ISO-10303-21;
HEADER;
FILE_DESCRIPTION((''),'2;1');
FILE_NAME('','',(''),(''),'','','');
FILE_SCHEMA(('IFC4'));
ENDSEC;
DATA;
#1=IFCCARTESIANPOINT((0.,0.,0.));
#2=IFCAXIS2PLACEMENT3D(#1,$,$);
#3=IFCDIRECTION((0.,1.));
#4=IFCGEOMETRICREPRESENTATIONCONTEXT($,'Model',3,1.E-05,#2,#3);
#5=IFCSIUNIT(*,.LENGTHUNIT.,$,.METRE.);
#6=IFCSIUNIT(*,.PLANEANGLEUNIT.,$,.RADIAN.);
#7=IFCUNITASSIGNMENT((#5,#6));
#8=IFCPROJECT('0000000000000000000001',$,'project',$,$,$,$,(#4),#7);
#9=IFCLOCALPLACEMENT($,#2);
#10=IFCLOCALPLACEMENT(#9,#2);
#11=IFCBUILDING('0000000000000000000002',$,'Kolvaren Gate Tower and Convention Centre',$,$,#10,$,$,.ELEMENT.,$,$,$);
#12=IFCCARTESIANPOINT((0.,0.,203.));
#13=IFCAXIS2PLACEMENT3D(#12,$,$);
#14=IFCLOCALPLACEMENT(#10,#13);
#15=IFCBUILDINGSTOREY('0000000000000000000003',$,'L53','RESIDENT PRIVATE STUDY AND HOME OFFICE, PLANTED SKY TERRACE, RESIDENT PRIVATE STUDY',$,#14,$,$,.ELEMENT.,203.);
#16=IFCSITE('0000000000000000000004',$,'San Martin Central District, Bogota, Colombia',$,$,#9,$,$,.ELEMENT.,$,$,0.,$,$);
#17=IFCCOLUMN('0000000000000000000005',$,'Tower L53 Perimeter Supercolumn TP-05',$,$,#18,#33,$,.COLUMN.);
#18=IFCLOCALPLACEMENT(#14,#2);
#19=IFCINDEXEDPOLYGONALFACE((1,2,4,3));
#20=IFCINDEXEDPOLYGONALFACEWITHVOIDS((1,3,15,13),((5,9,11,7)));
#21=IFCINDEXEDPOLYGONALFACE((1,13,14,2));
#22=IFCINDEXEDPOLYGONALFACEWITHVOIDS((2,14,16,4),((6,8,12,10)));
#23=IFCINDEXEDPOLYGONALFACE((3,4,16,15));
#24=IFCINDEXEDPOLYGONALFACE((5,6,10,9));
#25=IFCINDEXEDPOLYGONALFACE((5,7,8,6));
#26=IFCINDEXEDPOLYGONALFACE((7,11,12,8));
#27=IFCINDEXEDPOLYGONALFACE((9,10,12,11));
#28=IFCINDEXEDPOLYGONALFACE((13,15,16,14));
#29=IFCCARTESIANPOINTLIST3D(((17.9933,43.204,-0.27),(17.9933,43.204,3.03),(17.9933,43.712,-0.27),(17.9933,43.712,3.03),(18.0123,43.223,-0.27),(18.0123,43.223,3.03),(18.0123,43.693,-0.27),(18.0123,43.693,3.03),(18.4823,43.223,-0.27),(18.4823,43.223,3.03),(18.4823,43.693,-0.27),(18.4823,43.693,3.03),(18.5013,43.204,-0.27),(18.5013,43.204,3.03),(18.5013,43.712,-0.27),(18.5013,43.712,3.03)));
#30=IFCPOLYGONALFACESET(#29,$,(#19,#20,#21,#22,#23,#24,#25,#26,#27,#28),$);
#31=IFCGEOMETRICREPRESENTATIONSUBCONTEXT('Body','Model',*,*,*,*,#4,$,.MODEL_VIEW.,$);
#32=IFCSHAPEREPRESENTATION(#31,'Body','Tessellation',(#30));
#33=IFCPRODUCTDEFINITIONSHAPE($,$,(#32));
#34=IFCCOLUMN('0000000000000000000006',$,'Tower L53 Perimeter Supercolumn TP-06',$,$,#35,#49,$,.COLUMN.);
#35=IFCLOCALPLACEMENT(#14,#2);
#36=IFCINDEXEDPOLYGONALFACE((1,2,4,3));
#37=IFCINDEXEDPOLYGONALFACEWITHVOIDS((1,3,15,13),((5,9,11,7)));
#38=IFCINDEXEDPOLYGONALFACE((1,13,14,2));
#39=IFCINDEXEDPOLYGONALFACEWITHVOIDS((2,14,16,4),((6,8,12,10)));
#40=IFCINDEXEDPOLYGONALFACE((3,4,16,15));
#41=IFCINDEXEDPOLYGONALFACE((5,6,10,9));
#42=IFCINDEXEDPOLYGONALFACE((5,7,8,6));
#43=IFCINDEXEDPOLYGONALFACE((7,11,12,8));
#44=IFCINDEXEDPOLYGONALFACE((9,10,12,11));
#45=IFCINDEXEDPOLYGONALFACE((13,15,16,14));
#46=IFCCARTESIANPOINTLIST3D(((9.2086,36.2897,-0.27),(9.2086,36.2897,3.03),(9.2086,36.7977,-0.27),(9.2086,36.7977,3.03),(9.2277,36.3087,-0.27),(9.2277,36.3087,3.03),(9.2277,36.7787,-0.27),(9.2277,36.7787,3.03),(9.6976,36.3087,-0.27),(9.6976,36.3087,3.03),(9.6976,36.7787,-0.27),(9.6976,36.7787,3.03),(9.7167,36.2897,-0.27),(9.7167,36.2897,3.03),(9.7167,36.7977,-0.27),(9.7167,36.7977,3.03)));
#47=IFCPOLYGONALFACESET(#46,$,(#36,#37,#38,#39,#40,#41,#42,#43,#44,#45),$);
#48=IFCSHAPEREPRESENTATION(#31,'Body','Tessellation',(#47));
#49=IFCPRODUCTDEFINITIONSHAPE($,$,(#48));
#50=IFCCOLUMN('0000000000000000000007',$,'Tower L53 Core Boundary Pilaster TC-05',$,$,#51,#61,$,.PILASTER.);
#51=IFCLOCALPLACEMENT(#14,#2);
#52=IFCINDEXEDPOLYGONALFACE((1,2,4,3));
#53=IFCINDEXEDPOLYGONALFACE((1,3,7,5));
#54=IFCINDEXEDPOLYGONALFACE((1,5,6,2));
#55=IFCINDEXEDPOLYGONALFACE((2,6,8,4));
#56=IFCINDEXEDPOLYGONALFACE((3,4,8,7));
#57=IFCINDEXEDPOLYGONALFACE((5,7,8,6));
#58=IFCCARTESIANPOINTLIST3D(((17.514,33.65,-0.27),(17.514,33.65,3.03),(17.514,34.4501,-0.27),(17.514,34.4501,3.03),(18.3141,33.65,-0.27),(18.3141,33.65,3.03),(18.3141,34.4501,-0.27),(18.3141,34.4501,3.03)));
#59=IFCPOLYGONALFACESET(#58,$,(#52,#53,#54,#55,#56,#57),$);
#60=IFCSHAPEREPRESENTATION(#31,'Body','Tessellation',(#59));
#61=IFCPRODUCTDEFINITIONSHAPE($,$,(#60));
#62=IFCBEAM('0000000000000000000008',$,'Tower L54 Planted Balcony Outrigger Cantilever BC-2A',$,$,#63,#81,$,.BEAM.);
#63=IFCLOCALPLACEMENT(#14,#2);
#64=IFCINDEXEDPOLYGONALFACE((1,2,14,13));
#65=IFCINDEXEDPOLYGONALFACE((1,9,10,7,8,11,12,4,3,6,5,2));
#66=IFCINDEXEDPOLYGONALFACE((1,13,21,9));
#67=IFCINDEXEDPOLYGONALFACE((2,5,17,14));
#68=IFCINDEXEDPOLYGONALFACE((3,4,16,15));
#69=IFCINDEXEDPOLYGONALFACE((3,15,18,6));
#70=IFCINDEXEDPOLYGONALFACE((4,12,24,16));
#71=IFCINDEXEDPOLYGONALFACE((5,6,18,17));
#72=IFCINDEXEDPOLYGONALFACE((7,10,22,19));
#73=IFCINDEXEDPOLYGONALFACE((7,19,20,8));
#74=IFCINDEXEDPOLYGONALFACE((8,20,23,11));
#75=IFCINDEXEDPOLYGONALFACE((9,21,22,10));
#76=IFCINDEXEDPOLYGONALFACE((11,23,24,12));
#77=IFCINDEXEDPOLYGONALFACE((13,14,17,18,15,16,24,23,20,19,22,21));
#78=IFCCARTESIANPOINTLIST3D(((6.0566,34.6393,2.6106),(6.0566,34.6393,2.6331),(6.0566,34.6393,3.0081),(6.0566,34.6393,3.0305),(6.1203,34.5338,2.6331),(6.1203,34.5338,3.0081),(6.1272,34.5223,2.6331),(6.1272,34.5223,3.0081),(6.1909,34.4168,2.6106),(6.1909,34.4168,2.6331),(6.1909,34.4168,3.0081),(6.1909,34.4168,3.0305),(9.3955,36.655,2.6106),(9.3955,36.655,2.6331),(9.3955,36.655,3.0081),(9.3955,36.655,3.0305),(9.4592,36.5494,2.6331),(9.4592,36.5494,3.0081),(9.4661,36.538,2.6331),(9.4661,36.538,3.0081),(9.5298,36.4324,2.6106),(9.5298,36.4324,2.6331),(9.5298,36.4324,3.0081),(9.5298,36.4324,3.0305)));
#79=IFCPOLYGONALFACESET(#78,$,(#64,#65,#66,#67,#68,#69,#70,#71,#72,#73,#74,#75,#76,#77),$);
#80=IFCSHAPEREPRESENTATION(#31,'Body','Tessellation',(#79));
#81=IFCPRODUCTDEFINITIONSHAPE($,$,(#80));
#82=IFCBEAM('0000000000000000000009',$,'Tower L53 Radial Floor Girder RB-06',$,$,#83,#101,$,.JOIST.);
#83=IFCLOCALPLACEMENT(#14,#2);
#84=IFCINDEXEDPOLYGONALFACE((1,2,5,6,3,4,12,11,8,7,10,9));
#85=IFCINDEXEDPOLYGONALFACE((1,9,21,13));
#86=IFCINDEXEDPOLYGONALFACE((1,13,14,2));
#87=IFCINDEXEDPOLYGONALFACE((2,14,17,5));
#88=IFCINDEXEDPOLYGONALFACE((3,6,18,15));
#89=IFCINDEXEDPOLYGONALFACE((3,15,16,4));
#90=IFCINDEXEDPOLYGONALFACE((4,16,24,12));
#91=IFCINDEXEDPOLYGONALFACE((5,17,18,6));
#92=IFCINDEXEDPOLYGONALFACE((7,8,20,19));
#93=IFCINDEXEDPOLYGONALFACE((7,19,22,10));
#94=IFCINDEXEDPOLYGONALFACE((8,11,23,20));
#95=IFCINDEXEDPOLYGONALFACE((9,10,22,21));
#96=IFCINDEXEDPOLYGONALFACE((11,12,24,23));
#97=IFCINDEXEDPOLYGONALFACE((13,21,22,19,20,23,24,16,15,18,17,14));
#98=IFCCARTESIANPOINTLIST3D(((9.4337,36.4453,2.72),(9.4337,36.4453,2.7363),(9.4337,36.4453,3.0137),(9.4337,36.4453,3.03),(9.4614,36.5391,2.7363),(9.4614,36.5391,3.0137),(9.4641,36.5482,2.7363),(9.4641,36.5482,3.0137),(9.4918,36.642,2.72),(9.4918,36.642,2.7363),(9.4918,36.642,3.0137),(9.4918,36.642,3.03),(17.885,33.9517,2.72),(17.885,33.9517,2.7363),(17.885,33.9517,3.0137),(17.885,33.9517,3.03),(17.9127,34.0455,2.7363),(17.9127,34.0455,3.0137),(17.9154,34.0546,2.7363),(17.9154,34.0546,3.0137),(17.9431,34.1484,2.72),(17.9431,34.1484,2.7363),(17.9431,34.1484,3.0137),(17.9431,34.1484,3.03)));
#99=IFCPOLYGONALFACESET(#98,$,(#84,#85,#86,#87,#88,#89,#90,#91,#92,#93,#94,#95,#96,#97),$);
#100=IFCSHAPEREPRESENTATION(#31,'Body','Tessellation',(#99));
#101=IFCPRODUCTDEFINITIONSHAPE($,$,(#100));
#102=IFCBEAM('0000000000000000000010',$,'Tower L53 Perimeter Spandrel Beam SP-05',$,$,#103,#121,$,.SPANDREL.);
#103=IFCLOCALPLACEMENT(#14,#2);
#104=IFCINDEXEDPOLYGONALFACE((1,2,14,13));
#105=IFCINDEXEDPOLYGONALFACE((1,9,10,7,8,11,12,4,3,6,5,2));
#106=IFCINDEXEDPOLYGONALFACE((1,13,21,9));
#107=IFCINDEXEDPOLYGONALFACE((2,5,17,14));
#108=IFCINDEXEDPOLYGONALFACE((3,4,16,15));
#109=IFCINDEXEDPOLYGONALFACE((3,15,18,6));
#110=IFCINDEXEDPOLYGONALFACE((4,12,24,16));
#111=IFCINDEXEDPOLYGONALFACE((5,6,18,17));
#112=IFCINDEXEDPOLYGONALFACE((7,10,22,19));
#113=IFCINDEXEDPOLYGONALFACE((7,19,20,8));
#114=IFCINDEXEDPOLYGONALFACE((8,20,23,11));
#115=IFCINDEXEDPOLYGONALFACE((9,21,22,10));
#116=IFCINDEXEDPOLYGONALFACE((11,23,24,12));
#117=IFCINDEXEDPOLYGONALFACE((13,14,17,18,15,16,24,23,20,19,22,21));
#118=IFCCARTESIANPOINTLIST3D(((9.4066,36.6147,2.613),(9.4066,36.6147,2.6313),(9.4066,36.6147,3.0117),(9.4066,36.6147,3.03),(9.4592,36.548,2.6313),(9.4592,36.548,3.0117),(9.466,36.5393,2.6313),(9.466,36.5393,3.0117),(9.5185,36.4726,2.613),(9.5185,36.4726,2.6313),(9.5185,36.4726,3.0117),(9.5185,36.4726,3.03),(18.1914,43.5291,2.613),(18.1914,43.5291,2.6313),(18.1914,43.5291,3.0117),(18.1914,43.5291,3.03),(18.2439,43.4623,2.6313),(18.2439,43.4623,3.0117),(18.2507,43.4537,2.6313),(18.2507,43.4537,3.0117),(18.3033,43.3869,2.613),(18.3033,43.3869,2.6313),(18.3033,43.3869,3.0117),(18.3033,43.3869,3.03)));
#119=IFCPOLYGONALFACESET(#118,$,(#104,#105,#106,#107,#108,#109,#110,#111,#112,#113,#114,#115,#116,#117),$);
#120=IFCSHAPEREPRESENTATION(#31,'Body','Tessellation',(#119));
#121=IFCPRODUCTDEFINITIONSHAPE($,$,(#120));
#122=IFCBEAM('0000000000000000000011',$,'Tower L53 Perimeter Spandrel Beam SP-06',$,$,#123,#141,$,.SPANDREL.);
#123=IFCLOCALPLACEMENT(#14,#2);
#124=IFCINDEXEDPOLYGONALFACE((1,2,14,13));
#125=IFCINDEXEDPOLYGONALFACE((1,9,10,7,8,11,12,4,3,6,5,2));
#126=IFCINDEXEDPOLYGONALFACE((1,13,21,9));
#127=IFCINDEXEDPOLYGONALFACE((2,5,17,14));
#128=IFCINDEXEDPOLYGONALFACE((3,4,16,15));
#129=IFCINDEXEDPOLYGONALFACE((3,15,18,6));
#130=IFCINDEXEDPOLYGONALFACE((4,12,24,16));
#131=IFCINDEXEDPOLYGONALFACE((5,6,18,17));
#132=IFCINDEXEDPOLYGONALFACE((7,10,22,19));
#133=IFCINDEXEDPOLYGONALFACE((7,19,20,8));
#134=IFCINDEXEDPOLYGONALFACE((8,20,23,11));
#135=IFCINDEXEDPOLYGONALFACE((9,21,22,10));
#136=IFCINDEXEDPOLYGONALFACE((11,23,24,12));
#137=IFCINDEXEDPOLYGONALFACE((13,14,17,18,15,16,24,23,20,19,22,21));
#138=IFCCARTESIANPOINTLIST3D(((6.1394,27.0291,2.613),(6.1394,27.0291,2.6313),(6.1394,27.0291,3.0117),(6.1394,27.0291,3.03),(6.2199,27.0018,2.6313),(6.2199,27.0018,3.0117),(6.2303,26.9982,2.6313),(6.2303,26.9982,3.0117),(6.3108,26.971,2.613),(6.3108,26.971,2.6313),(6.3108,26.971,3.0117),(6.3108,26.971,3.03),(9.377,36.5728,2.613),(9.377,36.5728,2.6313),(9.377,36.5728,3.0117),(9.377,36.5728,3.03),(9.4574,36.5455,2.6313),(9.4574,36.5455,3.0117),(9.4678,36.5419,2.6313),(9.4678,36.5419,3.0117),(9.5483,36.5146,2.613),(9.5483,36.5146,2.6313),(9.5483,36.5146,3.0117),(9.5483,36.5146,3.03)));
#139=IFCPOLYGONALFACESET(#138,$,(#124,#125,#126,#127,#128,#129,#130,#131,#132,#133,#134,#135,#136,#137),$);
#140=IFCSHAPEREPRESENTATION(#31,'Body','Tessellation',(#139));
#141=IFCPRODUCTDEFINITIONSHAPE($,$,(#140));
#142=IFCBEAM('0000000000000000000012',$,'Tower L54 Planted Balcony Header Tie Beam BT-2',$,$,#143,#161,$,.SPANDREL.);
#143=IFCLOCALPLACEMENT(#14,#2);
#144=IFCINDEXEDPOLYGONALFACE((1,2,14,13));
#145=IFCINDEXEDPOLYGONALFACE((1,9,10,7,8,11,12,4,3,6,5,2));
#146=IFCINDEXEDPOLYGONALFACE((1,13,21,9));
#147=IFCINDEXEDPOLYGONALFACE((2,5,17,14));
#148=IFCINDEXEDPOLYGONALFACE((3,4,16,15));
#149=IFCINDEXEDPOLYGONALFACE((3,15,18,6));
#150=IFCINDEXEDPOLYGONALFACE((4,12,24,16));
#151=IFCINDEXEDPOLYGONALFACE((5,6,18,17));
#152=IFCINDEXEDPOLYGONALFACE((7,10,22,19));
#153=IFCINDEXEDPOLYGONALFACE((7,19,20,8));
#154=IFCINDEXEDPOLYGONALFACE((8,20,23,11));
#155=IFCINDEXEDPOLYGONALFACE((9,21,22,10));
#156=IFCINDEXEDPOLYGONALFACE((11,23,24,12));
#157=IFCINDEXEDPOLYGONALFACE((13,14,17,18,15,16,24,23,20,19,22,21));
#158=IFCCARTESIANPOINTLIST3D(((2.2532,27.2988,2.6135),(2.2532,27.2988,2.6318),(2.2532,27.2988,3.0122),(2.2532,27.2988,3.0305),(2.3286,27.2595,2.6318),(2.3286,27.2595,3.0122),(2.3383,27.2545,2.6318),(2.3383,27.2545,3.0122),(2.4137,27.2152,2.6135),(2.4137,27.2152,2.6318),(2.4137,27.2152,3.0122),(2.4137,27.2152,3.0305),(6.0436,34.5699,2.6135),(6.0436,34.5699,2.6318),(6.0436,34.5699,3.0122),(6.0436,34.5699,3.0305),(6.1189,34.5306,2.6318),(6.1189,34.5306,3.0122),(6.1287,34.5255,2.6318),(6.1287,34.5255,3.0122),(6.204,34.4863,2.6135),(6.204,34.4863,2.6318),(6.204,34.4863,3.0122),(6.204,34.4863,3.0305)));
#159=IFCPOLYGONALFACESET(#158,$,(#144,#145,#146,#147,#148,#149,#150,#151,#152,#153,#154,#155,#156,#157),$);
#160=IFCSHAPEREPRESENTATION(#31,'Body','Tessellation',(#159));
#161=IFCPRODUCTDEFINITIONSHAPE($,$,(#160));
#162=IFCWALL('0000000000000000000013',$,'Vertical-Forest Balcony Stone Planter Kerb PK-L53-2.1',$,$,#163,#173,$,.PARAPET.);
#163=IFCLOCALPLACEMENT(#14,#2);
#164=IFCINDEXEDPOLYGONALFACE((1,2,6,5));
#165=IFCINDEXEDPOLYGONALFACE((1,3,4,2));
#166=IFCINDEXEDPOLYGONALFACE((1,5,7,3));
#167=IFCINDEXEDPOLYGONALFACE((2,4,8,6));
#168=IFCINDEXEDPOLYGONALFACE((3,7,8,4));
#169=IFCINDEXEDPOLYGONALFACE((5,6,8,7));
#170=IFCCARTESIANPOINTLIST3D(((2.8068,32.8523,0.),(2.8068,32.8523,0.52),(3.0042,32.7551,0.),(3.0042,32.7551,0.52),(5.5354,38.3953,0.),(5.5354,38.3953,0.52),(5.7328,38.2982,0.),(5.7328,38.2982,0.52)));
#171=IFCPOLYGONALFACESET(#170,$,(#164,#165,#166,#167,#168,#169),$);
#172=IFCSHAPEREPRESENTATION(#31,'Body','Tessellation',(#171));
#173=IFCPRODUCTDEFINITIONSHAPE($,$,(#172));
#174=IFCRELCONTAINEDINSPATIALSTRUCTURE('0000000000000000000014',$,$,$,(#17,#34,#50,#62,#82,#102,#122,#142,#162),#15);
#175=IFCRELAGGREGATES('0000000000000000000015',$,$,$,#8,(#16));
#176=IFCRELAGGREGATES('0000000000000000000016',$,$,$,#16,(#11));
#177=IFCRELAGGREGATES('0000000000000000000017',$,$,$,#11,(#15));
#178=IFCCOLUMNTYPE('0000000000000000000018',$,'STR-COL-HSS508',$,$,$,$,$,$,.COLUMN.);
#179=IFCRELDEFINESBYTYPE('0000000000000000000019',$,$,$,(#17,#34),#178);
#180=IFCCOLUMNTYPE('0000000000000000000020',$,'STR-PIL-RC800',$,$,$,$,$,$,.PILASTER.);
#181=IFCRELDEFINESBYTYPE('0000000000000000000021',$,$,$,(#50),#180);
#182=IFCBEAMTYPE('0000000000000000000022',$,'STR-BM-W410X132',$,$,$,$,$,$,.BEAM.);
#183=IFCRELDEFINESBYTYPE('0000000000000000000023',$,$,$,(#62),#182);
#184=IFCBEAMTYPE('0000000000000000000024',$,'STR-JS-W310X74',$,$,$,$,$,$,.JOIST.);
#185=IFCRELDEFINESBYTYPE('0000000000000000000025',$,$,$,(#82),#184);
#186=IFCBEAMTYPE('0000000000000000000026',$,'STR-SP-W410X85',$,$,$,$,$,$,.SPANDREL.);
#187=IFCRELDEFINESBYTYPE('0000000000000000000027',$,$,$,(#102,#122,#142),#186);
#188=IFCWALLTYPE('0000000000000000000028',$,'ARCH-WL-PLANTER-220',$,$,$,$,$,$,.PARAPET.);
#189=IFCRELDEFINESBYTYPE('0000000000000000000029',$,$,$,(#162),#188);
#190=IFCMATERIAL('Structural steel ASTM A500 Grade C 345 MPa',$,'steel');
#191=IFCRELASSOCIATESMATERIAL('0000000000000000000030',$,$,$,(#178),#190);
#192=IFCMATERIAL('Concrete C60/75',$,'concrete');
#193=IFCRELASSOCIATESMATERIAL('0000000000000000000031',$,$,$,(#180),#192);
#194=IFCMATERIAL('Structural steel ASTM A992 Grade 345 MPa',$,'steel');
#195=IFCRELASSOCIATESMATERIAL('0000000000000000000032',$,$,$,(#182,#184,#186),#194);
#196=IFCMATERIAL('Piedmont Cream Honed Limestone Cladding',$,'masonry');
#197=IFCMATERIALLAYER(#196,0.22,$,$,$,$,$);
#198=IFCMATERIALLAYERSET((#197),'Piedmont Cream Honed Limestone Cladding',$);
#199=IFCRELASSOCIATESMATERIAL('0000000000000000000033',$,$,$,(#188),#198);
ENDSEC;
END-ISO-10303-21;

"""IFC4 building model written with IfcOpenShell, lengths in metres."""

from ifc_helpers import new_model, si_unit, direction, frame, frame_2d, origin, origin_2d, place, context, subcontext, project, spatial, rectangle, hollow_rectangle, i_section, extrude, material, layer, layer_set, material_profile, profile_set, type_object, element, save


model = new_model("IFC4")

# Units and contexts
model_context = context("Model", 3, precision=1e-05, world=origin(), true_north=direction((0.0, 1.0)))
body_context = subcontext(model_context, "Body", "Model", "MODEL_VIEW")
ifc_project = project(units=[si_unit("LENGTHUNIT", "METRE"), si_unit("PLANEANGLEUNIT", "RADIAN")], contexts=[model_context])

# Site, building, storey
site_placement = place(None, origin())
site = spatial("IfcSite", under=ifc_project, at=site_placement, Name="San Martin Central District, Bogota, Colombia", CompositionType="ELEMENT", RefElevation=0.0)
building_placement = place(site_placement, origin())
building = spatial("IfcBuilding", under=site, at=building_placement, Name="Kolvaren Gate Tower and Convention Centre", CompositionType="ELEMENT")
storey_placement = place(building_placement, frame((0.0, 0.0, 203.0)))
storey = spatial("IfcBuildingStorey", under=building, at=storey_placement, Name="L53", Description="RESIDENT PRIVATE STUDY AND HOME OFFICE, PLANTED SKY TERRACE, RESIDENT PRIVATE STUDY", CompositionType="ELEMENT", Elevation=203.0)

# Columns
ifc_material_1 = material(Name="Structural steel ASTM A500 Grade C 345 MPa", Category="steel")
ifc_material_profile_1 = material_profile(ifc_material_1, hollow_rectangle(XDim=0.5081, YDim=0.5081, WallThickness=0.019, at=origin_2d()), Name="HSS508X508X19.1")
ifc_profile_set_1 = profile_set([ifc_material_profile_1], Name="Structural steel ASTM A500 Grade C 345 MPa")
column_type_1 = type_object("IfcColumnType", Name="STR-COL-HSS508", PredefinedType="COLUMN", material=ifc_profile_set_1)
for number, where, z_axis, x_axis, name in (
    (1, (18.2473, 43.458, -0.27), (0.0, 0.0, 1.0), (1.0, 0.0, 0.0), "Tower L53 Perimeter Supercolumn TP-05"),
    (2, (9.4626, 36.5437, -0.27), (0.0, 0.0, 1.0), (1.0, 0.0, 0.0), "Tower L53 Perimeter Supercolumn TP-06"),
):
    element("IfcColumn", number, at=place(storey_placement, frame(where, z_axis=z_axis, x_axis=x_axis)), inside=storey, type_object=column_type_1, Name=name, PredefinedType="COLUMN", context=body_context, shape_type="SweptSolid", body=[
        extrude(hollow_rectangle(XDim=0.5081, YDim=0.5081, WallThickness=0.019, at=origin_2d()), origin(), (0.0, 0.0, 1.0), 3.3),
    ])
ifc_material_2 = material(Name="Concrete C60/75", Category="concrete")
ifc_material_profile_2 = material_profile(ifc_material_2, rectangle(XDim=0.8, YDim=0.8, at=origin_2d()), Name="RC-COL-800X800")
ifc_profile_set_2 = profile_set([ifc_material_profile_2], Name="Concrete C60/75")
column_type_2 = type_object("IfcColumnType", Name="STR-PIL-RC800", PredefinedType="PILASTER", material=ifc_profile_set_2)
column_placement = place(storey_placement, frame((17.9141, 34.05, -0.27), z_axis=(0.0, 0.0, 1.0), x_axis=(1.0, 0.0, 0.0)))
element("IfcColumn", 3, at=column_placement, inside=storey, type_object=column_type_2, Name="Tower L53 Core Boundary Pilaster TC-05", PredefinedType="PILASTER", context=body_context, shape_type="SweptSolid", body=[
    extrude(rectangle(XDim=0.8, YDim=0.8, at=origin_2d()), origin(), (0.0, 0.0, 1.0), 3.3),
])

# Beams
ifc_material_3 = material(Name="Structural steel ASTM A992 Grade 345 MPa", Category="steel")
ifc_material_profile_3 = material_profile(ifc_material_3, i_section(OverallWidth=0.26, OverallDepth=0.4199, WebThickness=0.0134, FlangeThickness=0.0225, at=origin_2d()), Name="W410X132")
ifc_profile_set_3 = profile_set([ifc_material_profile_3], Name="Structural steel ASTM A992 Grade 345 MPa")
beam_type_1 = type_object("IfcBeamType", Name="STR-BM-W410X132", PredefinedType="BEAM", material=ifc_profile_set_3)
beam_1_placement = place(storey_placement, frame((9.4626, 36.5437, 2.8206), z_axis=(-0.856098, -0.516814, 0.0), x_axis=(0.516814, -0.856098, 0.0)))
element("IfcBeam", 4, at=beam_1_placement, inside=storey, type_object=beam_type_1, Name="Tower L54 Planted Balcony Outrigger Cantilever BC-2A", PredefinedType="BEAM", context=body_context, shape_type="SweptSolid", body=[
    extrude(i_section(OverallWidth=0.26, OverallDepth=0.4199, WebThickness=0.0134, FlangeThickness=0.0225, at=origin_2d()), origin(), (0.0, 0.0, 1.0), 3.9001),
])
ifc_material_profile_4 = material_profile(ifc_material_3, i_section(OverallWidth=0.2051, OverallDepth=0.3101, WebThickness=0.0095, FlangeThickness=0.0164, at=origin_2d()), Name="W310X74")
ifc_profile_set_4 = profile_set([ifc_material_profile_4], Name="Structural steel ASTM A992 Grade 345 MPa")
beam_type_2 = type_object("IfcBeamType", Name="STR-JS-W310X74", PredefinedType="JOIST", material=ifc_profile_set_4)
beam_2_placement = place(storey_placement, frame((17.9141, 34.05, 2.875), z_axis=(-0.959121, 0.282996, 0.0), x_axis=(-0.282996, -0.959121, 0.0)))
element("IfcBeam", 5, at=beam_2_placement, inside=storey, type_object=beam_type_2, Name="Tower L53 Radial Floor Girder RB-06", PredefinedType="JOIST", context=body_context, shape_type="SweptSolid", body=[
    extrude(i_section(OverallWidth=0.2051, OverallDepth=0.3101, WebThickness=0.0095, FlangeThickness=0.0164, at=origin_2d()), origin(), (0.0, 0.0, 1.0), 8.8115),
])
ifc_material_profile_5 = material_profile(ifc_material_3, i_section(OverallWidth=0.1809, OverallDepth=0.417, WebThickness=0.011, FlangeThickness=0.0183, at=origin_2d()), Name="W410X85")
ifc_profile_set_5 = profile_set([ifc_material_profile_5], Name="Structural steel ASTM A992 Grade 345 MPa")
beam_type_3 = type_object("IfcBeamType", Name="STR-SP-W410X85", PredefinedType="SPANDREL", material=ifc_profile_set_5)
beam_3_placement = place(storey_placement, frame((18.2473, 43.458, 2.8215), z_axis=(-0.785794, -0.618489, 0.0), x_axis=(0.618489, -0.785794, 0.0)))
element("IfcBeam", 6, at=beam_3_placement, inside=storey, type_object=beam_type_3, Name="Tower L53 Perimeter Spandrel Beam SP-05", PredefinedType="SPANDREL", context=body_context, shape_type="SweptSolid", body=[
    extrude(i_section(OverallWidth=0.1809, OverallDepth=0.417, WebThickness=0.011, FlangeThickness=0.0183, at=origin_2d()), origin(), (0.0, 0.0, 1.0), 11.1794),
])
beam_4_placement = place(storey_placement, frame((9.4626, 36.5437, 2.8215), z_axis=(-0.321253, -0.946994, 0.0), x_axis=(0.946994, -0.321253, 0.0)))
element("IfcBeam", 7, at=beam_4_placement, inside=storey, type_object=beam_type_3, Name="Tower L53 Perimeter Spandrel Beam SP-06", PredefinedType="SPANDREL", context=body_context, shape_type="SweptSolid", body=[
    extrude(i_section(OverallWidth=0.1809, OverallDepth=0.417, WebThickness=0.011, FlangeThickness=0.0183, at=origin_2d()), origin(), (0.0, 0.0, 1.0), 10.0779),
])
beam_5_placement = place(storey_placement, frame((6.1238, 34.5281, 2.822), z_axis=(-0.462252, -0.886749, 0.0), x_axis=(0.886749, -0.462252, 0.0)))
element("IfcBeam", 8, at=beam_5_placement, inside=storey, type_object=beam_type_3, Name="Tower L54 Planted Balcony Header Tie Beam BT-2", PredefinedType="SPANDREL", context=body_context, shape_type="SweptSolid", body=[
    extrude(i_section(OverallWidth=0.1809, OverallDepth=0.417, WebThickness=0.011, FlangeThickness=0.0183, at=origin_2d()), origin(), (0.0, 0.0, 1.0), 8.1997),
])

# Wall
ifc_material_4 = material(Name="Piedmont Cream Honed Limestone Cladding", Category="masonry")
ifc_layer_1 = layer(ifc_material_4, 0.22)
ifc_layer_set_1 = layer_set([ifc_layer_1], Name="Piedmont Cream Honed Limestone Cladding")
wall_type_1 = type_object("IfcWallType", Name="ARCH-WL-PLANTER-220", PredefinedType="PARAPET", material=ifc_layer_set_1)
wall_1_placement = place(storey_placement, frame((2.9055, 32.8037, 0.0), z_axis=(0.0, 0.0, 1.0), x_axis=(0.441641, 0.897192, 0.0)))
element("IfcWall", 9, at=wall_1_placement, inside=storey, type_object=wall_type_1, Name="Vertical-Forest Balcony Stone Planter Kerb PK-L53-2.1", PredefinedType="PARAPET", context=body_context, shape_type="SweptSolid", body=[
    extrude(rectangle(XDim=6.1782, YDim=0.22, at=frame_2d((3.0891, 0.0))), origin(), (0.0, 0.0, 1.0), 0.52),
])

save(model, "model.ifc")
